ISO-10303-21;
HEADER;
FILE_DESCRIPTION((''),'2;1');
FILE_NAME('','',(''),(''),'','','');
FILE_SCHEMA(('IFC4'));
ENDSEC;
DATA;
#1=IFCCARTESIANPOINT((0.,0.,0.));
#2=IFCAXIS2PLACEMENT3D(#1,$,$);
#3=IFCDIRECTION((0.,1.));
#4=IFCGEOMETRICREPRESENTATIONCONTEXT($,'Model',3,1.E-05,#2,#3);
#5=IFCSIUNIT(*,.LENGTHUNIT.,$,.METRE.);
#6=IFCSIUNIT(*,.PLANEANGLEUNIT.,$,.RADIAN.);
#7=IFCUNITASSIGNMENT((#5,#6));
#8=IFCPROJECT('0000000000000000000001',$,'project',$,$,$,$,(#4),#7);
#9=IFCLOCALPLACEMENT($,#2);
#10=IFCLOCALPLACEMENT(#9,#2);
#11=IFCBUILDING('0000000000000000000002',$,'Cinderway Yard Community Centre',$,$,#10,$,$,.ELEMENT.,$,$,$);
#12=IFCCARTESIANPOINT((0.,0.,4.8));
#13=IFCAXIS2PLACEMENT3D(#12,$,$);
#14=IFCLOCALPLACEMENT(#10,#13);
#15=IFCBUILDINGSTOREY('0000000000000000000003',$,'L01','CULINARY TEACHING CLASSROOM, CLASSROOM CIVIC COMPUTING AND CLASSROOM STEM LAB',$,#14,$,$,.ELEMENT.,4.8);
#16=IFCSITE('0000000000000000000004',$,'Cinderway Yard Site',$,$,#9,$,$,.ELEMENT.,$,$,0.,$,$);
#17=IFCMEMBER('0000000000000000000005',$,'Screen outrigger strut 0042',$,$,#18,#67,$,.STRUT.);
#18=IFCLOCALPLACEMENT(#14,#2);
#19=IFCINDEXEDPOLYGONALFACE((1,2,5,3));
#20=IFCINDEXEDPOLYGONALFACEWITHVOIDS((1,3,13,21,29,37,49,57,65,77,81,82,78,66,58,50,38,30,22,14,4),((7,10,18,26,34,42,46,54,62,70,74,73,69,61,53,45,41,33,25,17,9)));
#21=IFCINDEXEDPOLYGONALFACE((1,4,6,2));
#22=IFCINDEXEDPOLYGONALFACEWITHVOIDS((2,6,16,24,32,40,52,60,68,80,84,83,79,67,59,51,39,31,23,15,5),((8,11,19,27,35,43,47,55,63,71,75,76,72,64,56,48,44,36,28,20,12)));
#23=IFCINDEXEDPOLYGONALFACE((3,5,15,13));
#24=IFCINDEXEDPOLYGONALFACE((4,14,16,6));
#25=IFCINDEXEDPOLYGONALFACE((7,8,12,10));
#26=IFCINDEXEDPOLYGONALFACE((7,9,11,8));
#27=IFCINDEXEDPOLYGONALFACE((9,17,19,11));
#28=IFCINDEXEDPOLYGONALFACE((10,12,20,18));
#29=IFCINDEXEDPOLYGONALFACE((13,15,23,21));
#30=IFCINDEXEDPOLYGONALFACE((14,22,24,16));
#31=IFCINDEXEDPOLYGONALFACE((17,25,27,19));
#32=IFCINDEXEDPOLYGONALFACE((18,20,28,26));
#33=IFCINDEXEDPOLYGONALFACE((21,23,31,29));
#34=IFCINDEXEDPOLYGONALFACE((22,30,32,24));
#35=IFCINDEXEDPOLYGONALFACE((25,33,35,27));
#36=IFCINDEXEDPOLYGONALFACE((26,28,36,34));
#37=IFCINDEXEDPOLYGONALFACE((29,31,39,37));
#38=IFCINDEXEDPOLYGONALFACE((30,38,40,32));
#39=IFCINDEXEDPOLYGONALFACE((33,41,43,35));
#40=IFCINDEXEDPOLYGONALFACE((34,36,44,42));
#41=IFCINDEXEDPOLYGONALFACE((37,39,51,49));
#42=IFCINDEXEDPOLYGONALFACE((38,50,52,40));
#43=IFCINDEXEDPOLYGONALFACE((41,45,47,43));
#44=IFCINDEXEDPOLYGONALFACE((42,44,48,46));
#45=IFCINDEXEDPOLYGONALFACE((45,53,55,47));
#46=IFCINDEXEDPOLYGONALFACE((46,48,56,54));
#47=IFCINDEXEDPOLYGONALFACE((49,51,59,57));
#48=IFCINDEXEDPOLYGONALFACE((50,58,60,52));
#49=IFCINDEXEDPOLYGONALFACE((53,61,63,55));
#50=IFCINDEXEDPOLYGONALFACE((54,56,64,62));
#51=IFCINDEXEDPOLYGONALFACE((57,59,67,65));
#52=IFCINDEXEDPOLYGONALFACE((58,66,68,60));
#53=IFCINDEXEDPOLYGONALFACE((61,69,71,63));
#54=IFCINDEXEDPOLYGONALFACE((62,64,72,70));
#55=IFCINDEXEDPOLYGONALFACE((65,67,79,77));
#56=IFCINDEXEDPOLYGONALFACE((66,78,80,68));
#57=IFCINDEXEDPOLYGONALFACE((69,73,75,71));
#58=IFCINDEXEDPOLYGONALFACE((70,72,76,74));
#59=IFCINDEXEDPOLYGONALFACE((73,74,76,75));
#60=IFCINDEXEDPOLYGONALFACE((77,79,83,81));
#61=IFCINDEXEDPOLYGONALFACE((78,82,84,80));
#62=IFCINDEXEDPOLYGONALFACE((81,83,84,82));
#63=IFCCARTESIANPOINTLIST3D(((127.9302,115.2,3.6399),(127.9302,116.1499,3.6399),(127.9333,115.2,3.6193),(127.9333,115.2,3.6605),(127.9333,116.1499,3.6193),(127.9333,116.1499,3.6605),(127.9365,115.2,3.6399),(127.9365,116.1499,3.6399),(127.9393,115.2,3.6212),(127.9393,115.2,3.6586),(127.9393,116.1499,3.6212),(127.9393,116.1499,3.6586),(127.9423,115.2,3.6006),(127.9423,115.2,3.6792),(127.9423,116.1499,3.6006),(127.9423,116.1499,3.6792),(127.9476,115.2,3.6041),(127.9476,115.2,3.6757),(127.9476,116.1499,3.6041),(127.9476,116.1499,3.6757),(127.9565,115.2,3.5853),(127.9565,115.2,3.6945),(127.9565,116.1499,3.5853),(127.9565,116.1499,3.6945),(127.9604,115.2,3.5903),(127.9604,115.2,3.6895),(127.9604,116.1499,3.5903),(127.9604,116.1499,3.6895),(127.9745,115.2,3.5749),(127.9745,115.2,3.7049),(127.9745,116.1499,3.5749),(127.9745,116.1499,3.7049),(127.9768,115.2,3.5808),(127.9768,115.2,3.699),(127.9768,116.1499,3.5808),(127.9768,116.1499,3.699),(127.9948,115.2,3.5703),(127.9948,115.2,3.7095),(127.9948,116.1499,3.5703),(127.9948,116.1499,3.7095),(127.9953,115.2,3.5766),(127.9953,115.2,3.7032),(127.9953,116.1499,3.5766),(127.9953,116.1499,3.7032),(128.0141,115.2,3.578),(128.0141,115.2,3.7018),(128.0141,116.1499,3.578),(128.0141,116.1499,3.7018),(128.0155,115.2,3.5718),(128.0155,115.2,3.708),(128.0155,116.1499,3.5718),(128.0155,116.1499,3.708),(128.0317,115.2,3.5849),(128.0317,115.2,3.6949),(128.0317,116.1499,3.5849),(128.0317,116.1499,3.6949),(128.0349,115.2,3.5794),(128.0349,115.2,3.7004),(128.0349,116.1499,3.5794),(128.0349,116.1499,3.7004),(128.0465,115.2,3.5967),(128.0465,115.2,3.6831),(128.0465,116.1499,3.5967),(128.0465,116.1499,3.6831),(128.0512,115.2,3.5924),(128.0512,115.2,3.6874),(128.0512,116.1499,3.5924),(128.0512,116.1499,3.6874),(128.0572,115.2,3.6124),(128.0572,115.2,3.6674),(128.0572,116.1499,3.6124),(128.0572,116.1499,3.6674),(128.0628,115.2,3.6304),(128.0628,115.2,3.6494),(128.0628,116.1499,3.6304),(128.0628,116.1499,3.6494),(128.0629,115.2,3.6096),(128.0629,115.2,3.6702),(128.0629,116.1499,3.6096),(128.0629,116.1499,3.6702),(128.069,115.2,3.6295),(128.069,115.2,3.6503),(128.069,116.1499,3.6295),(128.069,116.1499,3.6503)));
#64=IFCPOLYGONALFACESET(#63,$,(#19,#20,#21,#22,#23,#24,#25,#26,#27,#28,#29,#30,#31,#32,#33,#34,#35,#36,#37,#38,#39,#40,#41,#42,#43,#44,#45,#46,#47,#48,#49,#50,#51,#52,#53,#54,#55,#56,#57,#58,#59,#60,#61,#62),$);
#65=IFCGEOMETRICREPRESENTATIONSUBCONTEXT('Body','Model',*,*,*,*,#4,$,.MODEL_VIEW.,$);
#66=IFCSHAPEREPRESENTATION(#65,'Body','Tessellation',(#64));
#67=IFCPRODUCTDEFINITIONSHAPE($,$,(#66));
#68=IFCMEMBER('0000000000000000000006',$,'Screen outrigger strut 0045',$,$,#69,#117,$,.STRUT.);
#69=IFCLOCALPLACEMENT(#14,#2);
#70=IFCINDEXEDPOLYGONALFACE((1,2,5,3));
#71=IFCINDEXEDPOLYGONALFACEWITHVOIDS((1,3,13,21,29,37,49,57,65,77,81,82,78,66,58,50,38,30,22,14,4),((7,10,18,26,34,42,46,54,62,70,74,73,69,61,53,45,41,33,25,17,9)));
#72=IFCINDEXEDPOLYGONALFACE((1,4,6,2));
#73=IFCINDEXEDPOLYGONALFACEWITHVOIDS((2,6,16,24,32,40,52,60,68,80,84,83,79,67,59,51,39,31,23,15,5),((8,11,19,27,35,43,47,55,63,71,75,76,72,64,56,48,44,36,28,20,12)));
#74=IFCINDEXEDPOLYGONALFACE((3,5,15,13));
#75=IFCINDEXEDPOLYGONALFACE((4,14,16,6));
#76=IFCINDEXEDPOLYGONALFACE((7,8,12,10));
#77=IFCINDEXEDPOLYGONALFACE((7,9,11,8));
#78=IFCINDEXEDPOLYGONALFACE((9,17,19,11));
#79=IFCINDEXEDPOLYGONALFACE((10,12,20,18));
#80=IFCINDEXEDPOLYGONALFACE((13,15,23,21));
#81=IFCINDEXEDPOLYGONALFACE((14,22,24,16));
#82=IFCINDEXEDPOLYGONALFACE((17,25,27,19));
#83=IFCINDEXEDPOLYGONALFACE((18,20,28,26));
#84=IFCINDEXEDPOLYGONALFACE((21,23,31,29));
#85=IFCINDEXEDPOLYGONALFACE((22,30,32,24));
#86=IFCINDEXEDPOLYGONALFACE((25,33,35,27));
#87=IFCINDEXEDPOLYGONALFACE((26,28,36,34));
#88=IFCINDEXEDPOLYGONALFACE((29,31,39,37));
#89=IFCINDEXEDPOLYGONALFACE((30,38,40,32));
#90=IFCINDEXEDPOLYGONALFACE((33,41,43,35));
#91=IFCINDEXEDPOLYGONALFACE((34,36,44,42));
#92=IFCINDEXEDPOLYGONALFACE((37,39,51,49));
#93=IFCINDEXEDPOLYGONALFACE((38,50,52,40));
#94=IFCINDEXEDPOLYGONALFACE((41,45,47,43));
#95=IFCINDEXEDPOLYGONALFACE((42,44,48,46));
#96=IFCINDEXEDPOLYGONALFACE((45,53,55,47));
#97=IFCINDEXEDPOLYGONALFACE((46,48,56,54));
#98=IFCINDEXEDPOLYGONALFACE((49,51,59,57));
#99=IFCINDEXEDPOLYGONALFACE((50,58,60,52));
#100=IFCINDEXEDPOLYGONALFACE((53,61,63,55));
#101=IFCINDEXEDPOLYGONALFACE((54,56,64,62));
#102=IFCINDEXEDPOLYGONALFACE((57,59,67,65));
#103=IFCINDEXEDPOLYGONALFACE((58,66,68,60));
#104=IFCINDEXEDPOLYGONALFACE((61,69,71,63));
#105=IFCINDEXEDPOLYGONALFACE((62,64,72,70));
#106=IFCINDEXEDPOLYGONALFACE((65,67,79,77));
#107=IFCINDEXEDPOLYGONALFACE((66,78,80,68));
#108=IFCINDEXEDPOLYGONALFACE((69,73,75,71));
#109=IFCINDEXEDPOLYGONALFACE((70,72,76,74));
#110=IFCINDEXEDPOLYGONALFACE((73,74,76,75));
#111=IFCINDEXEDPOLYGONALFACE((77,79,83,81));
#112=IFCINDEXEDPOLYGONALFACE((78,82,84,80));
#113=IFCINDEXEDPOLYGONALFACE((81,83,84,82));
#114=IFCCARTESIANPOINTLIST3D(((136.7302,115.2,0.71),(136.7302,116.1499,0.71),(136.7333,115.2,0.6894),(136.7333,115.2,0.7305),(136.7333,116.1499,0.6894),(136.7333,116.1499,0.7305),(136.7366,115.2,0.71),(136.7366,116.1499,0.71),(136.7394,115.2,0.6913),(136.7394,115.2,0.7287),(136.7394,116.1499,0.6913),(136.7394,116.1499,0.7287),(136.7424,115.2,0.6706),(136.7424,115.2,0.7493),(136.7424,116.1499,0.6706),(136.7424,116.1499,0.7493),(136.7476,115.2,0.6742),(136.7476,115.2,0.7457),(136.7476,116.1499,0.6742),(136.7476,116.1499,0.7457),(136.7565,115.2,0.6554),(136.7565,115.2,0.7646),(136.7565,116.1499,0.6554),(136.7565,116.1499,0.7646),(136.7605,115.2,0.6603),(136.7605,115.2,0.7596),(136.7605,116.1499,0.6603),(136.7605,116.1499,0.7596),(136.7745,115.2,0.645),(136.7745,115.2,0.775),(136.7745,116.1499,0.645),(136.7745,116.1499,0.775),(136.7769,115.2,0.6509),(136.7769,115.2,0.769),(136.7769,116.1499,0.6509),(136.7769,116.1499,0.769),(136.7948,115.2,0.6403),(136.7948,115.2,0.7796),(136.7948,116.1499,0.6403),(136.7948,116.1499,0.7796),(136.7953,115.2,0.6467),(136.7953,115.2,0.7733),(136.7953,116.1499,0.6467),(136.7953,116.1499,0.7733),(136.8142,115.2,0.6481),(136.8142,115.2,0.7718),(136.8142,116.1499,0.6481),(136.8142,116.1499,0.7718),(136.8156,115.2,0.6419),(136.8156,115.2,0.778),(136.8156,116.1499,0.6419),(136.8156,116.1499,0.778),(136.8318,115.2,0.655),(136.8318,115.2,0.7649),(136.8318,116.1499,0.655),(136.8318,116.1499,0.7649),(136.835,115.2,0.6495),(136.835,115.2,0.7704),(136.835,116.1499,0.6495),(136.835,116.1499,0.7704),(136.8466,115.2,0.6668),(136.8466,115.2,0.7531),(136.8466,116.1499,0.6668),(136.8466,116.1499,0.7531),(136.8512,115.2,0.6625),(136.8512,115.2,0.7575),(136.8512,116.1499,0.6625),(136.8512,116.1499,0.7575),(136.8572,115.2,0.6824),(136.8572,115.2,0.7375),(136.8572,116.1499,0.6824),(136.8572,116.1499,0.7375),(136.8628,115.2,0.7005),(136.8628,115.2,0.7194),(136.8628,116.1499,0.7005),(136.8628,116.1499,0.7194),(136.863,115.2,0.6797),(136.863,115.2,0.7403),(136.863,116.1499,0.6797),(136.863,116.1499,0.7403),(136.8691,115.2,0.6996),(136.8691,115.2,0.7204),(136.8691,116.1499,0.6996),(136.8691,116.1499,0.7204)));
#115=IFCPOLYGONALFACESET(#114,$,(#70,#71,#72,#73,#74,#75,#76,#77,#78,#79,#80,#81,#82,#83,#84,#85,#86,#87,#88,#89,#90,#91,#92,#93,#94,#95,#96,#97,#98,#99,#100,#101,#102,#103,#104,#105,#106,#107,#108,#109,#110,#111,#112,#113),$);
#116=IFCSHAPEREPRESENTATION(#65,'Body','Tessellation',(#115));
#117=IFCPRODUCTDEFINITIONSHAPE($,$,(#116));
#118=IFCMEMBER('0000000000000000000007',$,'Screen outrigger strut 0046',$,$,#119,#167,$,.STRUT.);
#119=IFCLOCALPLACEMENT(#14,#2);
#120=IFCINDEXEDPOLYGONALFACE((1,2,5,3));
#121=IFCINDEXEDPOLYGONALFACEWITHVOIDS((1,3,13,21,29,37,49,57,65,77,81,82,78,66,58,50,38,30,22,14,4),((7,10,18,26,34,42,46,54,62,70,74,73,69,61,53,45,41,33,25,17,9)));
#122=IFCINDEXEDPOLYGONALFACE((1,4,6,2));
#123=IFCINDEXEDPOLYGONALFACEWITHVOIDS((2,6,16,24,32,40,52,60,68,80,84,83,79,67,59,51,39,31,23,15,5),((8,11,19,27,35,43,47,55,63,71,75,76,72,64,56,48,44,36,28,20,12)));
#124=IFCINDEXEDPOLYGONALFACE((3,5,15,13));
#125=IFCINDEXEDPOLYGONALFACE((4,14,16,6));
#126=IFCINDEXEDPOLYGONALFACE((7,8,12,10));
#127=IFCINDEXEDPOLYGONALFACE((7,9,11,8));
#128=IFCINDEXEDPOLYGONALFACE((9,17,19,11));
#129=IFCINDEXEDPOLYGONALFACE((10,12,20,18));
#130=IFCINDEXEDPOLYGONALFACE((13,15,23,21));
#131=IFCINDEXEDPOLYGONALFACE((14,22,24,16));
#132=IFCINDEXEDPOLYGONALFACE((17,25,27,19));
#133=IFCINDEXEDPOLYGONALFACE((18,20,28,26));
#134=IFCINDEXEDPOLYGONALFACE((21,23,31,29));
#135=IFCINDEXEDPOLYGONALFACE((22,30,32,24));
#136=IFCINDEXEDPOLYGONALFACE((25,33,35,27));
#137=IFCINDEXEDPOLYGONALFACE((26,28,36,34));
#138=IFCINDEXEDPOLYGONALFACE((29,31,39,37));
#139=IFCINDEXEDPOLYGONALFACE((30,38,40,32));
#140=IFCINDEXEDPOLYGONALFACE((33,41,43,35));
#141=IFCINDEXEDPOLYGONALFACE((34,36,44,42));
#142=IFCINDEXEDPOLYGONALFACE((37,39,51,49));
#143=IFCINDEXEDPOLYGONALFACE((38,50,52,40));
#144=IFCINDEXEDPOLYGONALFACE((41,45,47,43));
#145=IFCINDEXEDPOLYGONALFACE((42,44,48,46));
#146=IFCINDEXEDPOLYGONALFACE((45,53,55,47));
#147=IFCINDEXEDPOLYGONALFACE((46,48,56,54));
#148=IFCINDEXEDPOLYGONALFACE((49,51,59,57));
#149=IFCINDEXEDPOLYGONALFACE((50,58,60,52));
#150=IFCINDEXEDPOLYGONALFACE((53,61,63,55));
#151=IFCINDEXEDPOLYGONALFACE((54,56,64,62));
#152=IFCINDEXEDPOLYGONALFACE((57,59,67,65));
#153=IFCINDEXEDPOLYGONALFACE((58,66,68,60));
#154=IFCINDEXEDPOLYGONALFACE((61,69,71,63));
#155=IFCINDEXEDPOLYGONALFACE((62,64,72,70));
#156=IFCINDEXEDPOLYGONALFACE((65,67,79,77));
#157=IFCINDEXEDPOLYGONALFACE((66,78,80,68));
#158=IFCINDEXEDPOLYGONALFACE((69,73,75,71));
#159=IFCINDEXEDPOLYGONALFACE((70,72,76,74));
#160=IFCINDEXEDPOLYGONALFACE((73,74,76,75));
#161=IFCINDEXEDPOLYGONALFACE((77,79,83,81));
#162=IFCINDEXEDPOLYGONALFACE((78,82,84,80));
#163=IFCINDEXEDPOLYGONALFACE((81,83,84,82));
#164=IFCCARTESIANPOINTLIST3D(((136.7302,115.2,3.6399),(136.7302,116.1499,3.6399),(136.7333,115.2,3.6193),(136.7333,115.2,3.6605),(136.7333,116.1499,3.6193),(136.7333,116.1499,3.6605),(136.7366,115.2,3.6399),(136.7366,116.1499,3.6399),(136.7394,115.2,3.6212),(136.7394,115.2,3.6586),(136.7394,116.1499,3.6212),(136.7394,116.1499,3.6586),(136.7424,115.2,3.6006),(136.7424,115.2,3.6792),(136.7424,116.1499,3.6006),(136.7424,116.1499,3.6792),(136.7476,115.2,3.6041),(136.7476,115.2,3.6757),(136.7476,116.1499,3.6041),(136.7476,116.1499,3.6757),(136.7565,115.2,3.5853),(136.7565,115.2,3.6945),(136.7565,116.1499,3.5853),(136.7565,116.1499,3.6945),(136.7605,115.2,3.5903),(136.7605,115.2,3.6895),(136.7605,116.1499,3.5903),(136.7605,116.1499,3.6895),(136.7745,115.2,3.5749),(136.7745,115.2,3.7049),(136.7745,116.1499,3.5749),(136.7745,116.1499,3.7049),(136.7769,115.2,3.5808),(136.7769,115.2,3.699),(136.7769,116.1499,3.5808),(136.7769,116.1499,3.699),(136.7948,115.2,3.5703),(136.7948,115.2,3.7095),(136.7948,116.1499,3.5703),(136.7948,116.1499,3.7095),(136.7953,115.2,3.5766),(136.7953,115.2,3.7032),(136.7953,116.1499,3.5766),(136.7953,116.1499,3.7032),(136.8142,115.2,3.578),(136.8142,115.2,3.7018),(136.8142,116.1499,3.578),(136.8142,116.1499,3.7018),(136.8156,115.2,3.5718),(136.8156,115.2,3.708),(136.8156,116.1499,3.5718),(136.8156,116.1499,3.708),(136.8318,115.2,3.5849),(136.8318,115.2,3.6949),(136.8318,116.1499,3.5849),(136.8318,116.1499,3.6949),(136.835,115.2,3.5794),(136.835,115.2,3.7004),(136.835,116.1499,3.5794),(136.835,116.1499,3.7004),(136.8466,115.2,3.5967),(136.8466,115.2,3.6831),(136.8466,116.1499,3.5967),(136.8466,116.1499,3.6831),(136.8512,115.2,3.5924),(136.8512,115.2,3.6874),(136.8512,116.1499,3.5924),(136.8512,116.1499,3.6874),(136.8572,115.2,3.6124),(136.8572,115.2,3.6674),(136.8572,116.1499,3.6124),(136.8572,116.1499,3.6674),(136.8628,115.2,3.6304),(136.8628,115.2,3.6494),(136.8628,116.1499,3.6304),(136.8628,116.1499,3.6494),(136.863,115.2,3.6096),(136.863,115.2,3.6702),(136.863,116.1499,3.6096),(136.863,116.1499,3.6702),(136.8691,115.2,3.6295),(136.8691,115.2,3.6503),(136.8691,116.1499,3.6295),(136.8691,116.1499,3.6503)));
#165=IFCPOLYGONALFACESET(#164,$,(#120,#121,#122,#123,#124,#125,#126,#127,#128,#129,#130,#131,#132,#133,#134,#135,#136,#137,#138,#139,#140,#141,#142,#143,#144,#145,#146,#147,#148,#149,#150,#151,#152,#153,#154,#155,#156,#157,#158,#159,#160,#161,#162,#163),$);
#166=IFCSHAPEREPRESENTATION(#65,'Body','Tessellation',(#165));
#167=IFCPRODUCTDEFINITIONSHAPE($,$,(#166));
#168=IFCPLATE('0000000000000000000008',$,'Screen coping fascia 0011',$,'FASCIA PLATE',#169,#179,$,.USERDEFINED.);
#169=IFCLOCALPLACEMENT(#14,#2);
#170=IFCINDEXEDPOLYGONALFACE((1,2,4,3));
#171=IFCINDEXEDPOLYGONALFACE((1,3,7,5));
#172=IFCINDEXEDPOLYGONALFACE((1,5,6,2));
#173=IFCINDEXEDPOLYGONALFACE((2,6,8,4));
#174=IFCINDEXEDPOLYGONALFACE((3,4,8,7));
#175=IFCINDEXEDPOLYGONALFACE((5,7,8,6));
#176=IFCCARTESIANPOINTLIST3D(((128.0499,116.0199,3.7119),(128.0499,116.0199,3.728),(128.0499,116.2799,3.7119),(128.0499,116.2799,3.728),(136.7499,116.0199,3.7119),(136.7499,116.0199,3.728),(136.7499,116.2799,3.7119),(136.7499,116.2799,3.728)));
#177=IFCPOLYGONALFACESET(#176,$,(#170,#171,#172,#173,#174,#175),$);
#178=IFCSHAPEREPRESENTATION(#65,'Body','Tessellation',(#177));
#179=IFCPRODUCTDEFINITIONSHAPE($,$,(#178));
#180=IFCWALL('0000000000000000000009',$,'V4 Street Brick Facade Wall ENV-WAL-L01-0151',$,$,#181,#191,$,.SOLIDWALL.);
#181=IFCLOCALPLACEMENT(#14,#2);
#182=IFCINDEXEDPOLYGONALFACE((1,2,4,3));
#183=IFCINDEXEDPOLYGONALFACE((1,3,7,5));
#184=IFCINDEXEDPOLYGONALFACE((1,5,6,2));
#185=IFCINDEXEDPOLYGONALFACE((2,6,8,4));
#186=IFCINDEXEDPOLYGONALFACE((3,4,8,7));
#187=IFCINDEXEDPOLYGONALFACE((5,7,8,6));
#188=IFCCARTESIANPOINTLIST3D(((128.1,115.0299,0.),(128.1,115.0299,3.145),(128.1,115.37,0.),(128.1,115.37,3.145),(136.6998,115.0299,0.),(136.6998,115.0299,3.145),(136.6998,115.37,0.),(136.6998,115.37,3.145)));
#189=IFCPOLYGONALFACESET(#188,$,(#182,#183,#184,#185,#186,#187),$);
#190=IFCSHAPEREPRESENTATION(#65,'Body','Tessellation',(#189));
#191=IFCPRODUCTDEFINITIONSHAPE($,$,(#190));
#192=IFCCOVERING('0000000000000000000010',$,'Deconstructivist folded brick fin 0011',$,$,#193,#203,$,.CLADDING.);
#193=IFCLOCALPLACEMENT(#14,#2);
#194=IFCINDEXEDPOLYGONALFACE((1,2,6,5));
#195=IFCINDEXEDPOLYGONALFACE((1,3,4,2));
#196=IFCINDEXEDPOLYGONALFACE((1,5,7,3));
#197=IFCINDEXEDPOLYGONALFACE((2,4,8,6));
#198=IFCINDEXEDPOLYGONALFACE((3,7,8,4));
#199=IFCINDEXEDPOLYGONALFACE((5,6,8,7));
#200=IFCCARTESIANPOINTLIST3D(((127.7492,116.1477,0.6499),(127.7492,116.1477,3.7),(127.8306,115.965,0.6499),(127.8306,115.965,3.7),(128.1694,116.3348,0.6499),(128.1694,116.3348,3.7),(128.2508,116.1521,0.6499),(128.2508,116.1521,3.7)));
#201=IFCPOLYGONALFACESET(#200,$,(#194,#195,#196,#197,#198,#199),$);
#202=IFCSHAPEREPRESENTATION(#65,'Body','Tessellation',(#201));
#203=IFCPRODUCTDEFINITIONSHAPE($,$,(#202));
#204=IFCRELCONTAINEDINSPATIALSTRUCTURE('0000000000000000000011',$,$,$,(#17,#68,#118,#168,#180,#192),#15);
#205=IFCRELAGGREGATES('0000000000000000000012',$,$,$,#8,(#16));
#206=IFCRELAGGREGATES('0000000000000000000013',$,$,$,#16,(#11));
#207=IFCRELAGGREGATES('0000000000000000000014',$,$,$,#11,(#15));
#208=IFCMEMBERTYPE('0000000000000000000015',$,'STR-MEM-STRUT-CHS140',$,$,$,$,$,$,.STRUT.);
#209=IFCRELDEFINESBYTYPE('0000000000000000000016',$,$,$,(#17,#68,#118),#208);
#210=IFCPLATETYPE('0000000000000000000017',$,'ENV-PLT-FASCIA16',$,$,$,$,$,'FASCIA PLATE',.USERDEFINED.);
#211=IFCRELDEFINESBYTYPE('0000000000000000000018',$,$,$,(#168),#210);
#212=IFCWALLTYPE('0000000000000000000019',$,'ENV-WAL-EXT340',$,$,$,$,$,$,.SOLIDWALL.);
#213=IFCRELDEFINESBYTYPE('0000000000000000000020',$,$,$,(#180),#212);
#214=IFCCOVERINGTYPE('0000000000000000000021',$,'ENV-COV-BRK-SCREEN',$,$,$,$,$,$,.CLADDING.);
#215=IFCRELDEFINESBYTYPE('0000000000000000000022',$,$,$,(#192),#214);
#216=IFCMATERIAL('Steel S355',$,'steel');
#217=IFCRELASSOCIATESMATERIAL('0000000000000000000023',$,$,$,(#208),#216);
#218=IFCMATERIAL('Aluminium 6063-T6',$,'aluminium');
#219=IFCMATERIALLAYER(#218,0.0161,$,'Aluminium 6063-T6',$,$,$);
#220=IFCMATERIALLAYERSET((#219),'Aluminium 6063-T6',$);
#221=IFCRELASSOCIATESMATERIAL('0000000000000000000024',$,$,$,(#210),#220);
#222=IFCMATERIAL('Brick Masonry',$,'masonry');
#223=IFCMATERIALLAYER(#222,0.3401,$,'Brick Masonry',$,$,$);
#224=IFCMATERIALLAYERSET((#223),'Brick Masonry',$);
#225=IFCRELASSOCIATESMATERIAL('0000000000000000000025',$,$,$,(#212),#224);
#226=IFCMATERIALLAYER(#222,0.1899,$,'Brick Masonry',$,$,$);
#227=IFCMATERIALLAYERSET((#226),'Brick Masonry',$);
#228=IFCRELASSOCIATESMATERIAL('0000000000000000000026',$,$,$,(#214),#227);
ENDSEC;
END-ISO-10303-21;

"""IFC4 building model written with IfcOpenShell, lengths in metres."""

from ifc_helpers import new_model, si_unit, direction, frame, frame_2d, origin, origin_2d, place, context, subcontext, project, spatial, rectangle, hollow_circle, extrude, material, layer, layer_set, material_profile, profile_set, type_object, element, save


model = new_model("IFC4")

# Units and contexts
model_context = context("Model", 3, precision=1e-05, world=origin(), true_north=direction((0.0, 1.0)))
body_context = subcontext(model_context, "Body", "Model", "MODEL_VIEW")
ifc_project = project(units=[si_unit("LENGTHUNIT", "METRE"), si_unit("PLANEANGLEUNIT", "RADIAN")], contexts=[model_context])

# Site, building, storey
site_placement = place(None, origin())
site = spatial("IfcSite", under=ifc_project, at=site_placement, Name="Cinderway Yard Site", CompositionType="ELEMENT", RefElevation=0.0)
building_placement = place(site_placement, origin())
building = spatial("IfcBuilding", under=site, at=building_placement, Name="Cinderway Yard Community Centre", CompositionType="ELEMENT")
storey_placement = place(building_placement, frame((0.0, 0.0, 4.8)))
storey = spatial("IfcBuildingStorey", under=building, at=storey_placement, Name="L01", Description="CULINARY TEACHING CLASSROOM, CLASSROOM CIVIC COMPUTING AND CLASSROOM STEM LAB", CompositionType="ELEMENT", Elevation=4.8)

# Shared definitions
ifc_material_1 = material(Name="Steel S355", Category="steel")

# Members
ifc_material_profile_1 = material_profile(ifc_material_1, hollow_circle(Radius=0.0698, WallThickness=0.0063, at=origin_2d()), Name="Steel S355")
ifc_profile_set_1 = profile_set([ifc_material_profile_1], Name="Steel S355")
member_type_1 = type_object("IfcMemberType", Name="STR-MEM-STRUT-CHS140", PredefinedType="STRUT", material=ifc_profile_set_1)
for number, where, z_axis, x_axis, name in (
    (1, (128.0, 115.2, 3.6399), (0.0, 1.0, 0.0), (-1.0, 0.0, 0.0), "Screen outrigger strut 0042"),
    (2, (136.8, 115.2, 0.71), (0.0, 1.0, 0.0), (-1.0, 0.0, 0.0), "Screen outrigger strut 0045"),
    (3, (136.8, 115.2, 3.6399), (0.0, 1.0, 0.0), (-1.0, 0.0, 0.0), "Screen outrigger strut 0046"),
):
    element("IfcMember", number, at=place(storey_placement, frame(where, z_axis=z_axis, x_axis=x_axis)), inside=storey, type_object=member_type_1, Name=name, PredefinedType="STRUT", context=body_context, shape_type="SweptSolid", body=[
        extrude(hollow_circle(Radius=0.0698, WallThickness=0.0063, at=origin_2d()), origin(), (0.0, 0.0, 1.0), 0.95),
    ])

# Plate
ifc_material_2 = material(Name="Aluminium 6063-T6", Category="aluminium")
ifc_layer_1 = layer(ifc_material_2, 0.0161, Name="Aluminium 6063-T6")
ifc_layer_set_1 = layer_set([ifc_layer_1], Name="Aluminium 6063-T6")
plate_type = type_object("IfcPlateType", Name="ENV-PLT-FASCIA16", ElementType="FASCIA PLATE", PredefinedType="USERDEFINED", material=ifc_layer_set_1)
plate_placement = place(storey_placement, frame((132.3999, 116.1499, 3.7119), z_axis=(0.0, 0.0, 1.0), x_axis=(1.0, 0.0, 0.0)))
element("IfcPlate", 4, at=plate_placement, inside=storey, type_object=plate_type, Name="Screen coping fascia 0011", ObjectType="FASCIA PLATE", PredefinedType="USERDEFINED", context=body_context, shape_type="SweptSolid", body=[
    extrude(rectangle(XDim=8.7, YDim=0.26, at=origin_2d()), origin(), (0.0, 0.0, 1.0), 0.0161),
])

# Wall
ifc_material_3 = material(Name="Brick Masonry", Category="masonry")
ifc_layer_2 = layer(ifc_material_3, 0.3401, Name="Brick Masonry")
ifc_layer_set_2 = layer_set([ifc_layer_2], Name="Brick Masonry")
wall_type = type_object("IfcWallType", Name="ENV-WAL-EXT340", PredefinedType="SOLIDWALL", material=ifc_layer_set_2)
wall_placement = place(storey_placement, frame((128.1001, 115.2, 0.0), z_axis=(0.0, 0.0, 1.0), x_axis=(1.0, 0.0, 0.0)))
element("IfcWall", 5, at=wall_placement, inside=storey, type_object=wall_type, Name="V4 Street Brick Facade Wall ENV-WAL-L01-0151", PredefinedType="SOLIDWALL", context=body_context, shape_type="SweptSolid", body=[
    extrude(rectangle(XDim=8.5999, YDim=0.3401, at=frame_2d((4.2998, 0.0))), origin(), (0.0, 0.0, 1.0), 3.145),
])

# Covering
ifc_layer_3 = layer(ifc_material_3, 0.1899, Name="Brick Masonry")
ifc_layer_set_3 = layer_set([ifc_layer_3], Name="Brick Masonry")
covering_type = type_object("IfcCoveringType", Name="ENV-COV-BRK-SCREEN", PredefinedType="CLADDING", material=ifc_layer_set_3)
for number, where, z_axis, x_axis, name in (
    (6, (128.0, 116.1499, 0.6499), (0.0, 0.0, 1.0), (0.913545, 0.406737, 0.0), "Deconstructivist folded brick fin 0011"),
):
    element("IfcCovering", number, at=place(storey_placement, frame(where, z_axis=z_axis, x_axis=x_axis)), inside=storey, type_object=covering_type, Name=name, PredefinedType="CLADDING", context=body_context, shape_type="SweptSolid", body=[
        extrude(rectangle(XDim=0.46, YDim=0.2, at=origin_2d()), origin(), (0.0, 0.0, 1.0), 3.05),
    ])

save(model, "model.ifc")
